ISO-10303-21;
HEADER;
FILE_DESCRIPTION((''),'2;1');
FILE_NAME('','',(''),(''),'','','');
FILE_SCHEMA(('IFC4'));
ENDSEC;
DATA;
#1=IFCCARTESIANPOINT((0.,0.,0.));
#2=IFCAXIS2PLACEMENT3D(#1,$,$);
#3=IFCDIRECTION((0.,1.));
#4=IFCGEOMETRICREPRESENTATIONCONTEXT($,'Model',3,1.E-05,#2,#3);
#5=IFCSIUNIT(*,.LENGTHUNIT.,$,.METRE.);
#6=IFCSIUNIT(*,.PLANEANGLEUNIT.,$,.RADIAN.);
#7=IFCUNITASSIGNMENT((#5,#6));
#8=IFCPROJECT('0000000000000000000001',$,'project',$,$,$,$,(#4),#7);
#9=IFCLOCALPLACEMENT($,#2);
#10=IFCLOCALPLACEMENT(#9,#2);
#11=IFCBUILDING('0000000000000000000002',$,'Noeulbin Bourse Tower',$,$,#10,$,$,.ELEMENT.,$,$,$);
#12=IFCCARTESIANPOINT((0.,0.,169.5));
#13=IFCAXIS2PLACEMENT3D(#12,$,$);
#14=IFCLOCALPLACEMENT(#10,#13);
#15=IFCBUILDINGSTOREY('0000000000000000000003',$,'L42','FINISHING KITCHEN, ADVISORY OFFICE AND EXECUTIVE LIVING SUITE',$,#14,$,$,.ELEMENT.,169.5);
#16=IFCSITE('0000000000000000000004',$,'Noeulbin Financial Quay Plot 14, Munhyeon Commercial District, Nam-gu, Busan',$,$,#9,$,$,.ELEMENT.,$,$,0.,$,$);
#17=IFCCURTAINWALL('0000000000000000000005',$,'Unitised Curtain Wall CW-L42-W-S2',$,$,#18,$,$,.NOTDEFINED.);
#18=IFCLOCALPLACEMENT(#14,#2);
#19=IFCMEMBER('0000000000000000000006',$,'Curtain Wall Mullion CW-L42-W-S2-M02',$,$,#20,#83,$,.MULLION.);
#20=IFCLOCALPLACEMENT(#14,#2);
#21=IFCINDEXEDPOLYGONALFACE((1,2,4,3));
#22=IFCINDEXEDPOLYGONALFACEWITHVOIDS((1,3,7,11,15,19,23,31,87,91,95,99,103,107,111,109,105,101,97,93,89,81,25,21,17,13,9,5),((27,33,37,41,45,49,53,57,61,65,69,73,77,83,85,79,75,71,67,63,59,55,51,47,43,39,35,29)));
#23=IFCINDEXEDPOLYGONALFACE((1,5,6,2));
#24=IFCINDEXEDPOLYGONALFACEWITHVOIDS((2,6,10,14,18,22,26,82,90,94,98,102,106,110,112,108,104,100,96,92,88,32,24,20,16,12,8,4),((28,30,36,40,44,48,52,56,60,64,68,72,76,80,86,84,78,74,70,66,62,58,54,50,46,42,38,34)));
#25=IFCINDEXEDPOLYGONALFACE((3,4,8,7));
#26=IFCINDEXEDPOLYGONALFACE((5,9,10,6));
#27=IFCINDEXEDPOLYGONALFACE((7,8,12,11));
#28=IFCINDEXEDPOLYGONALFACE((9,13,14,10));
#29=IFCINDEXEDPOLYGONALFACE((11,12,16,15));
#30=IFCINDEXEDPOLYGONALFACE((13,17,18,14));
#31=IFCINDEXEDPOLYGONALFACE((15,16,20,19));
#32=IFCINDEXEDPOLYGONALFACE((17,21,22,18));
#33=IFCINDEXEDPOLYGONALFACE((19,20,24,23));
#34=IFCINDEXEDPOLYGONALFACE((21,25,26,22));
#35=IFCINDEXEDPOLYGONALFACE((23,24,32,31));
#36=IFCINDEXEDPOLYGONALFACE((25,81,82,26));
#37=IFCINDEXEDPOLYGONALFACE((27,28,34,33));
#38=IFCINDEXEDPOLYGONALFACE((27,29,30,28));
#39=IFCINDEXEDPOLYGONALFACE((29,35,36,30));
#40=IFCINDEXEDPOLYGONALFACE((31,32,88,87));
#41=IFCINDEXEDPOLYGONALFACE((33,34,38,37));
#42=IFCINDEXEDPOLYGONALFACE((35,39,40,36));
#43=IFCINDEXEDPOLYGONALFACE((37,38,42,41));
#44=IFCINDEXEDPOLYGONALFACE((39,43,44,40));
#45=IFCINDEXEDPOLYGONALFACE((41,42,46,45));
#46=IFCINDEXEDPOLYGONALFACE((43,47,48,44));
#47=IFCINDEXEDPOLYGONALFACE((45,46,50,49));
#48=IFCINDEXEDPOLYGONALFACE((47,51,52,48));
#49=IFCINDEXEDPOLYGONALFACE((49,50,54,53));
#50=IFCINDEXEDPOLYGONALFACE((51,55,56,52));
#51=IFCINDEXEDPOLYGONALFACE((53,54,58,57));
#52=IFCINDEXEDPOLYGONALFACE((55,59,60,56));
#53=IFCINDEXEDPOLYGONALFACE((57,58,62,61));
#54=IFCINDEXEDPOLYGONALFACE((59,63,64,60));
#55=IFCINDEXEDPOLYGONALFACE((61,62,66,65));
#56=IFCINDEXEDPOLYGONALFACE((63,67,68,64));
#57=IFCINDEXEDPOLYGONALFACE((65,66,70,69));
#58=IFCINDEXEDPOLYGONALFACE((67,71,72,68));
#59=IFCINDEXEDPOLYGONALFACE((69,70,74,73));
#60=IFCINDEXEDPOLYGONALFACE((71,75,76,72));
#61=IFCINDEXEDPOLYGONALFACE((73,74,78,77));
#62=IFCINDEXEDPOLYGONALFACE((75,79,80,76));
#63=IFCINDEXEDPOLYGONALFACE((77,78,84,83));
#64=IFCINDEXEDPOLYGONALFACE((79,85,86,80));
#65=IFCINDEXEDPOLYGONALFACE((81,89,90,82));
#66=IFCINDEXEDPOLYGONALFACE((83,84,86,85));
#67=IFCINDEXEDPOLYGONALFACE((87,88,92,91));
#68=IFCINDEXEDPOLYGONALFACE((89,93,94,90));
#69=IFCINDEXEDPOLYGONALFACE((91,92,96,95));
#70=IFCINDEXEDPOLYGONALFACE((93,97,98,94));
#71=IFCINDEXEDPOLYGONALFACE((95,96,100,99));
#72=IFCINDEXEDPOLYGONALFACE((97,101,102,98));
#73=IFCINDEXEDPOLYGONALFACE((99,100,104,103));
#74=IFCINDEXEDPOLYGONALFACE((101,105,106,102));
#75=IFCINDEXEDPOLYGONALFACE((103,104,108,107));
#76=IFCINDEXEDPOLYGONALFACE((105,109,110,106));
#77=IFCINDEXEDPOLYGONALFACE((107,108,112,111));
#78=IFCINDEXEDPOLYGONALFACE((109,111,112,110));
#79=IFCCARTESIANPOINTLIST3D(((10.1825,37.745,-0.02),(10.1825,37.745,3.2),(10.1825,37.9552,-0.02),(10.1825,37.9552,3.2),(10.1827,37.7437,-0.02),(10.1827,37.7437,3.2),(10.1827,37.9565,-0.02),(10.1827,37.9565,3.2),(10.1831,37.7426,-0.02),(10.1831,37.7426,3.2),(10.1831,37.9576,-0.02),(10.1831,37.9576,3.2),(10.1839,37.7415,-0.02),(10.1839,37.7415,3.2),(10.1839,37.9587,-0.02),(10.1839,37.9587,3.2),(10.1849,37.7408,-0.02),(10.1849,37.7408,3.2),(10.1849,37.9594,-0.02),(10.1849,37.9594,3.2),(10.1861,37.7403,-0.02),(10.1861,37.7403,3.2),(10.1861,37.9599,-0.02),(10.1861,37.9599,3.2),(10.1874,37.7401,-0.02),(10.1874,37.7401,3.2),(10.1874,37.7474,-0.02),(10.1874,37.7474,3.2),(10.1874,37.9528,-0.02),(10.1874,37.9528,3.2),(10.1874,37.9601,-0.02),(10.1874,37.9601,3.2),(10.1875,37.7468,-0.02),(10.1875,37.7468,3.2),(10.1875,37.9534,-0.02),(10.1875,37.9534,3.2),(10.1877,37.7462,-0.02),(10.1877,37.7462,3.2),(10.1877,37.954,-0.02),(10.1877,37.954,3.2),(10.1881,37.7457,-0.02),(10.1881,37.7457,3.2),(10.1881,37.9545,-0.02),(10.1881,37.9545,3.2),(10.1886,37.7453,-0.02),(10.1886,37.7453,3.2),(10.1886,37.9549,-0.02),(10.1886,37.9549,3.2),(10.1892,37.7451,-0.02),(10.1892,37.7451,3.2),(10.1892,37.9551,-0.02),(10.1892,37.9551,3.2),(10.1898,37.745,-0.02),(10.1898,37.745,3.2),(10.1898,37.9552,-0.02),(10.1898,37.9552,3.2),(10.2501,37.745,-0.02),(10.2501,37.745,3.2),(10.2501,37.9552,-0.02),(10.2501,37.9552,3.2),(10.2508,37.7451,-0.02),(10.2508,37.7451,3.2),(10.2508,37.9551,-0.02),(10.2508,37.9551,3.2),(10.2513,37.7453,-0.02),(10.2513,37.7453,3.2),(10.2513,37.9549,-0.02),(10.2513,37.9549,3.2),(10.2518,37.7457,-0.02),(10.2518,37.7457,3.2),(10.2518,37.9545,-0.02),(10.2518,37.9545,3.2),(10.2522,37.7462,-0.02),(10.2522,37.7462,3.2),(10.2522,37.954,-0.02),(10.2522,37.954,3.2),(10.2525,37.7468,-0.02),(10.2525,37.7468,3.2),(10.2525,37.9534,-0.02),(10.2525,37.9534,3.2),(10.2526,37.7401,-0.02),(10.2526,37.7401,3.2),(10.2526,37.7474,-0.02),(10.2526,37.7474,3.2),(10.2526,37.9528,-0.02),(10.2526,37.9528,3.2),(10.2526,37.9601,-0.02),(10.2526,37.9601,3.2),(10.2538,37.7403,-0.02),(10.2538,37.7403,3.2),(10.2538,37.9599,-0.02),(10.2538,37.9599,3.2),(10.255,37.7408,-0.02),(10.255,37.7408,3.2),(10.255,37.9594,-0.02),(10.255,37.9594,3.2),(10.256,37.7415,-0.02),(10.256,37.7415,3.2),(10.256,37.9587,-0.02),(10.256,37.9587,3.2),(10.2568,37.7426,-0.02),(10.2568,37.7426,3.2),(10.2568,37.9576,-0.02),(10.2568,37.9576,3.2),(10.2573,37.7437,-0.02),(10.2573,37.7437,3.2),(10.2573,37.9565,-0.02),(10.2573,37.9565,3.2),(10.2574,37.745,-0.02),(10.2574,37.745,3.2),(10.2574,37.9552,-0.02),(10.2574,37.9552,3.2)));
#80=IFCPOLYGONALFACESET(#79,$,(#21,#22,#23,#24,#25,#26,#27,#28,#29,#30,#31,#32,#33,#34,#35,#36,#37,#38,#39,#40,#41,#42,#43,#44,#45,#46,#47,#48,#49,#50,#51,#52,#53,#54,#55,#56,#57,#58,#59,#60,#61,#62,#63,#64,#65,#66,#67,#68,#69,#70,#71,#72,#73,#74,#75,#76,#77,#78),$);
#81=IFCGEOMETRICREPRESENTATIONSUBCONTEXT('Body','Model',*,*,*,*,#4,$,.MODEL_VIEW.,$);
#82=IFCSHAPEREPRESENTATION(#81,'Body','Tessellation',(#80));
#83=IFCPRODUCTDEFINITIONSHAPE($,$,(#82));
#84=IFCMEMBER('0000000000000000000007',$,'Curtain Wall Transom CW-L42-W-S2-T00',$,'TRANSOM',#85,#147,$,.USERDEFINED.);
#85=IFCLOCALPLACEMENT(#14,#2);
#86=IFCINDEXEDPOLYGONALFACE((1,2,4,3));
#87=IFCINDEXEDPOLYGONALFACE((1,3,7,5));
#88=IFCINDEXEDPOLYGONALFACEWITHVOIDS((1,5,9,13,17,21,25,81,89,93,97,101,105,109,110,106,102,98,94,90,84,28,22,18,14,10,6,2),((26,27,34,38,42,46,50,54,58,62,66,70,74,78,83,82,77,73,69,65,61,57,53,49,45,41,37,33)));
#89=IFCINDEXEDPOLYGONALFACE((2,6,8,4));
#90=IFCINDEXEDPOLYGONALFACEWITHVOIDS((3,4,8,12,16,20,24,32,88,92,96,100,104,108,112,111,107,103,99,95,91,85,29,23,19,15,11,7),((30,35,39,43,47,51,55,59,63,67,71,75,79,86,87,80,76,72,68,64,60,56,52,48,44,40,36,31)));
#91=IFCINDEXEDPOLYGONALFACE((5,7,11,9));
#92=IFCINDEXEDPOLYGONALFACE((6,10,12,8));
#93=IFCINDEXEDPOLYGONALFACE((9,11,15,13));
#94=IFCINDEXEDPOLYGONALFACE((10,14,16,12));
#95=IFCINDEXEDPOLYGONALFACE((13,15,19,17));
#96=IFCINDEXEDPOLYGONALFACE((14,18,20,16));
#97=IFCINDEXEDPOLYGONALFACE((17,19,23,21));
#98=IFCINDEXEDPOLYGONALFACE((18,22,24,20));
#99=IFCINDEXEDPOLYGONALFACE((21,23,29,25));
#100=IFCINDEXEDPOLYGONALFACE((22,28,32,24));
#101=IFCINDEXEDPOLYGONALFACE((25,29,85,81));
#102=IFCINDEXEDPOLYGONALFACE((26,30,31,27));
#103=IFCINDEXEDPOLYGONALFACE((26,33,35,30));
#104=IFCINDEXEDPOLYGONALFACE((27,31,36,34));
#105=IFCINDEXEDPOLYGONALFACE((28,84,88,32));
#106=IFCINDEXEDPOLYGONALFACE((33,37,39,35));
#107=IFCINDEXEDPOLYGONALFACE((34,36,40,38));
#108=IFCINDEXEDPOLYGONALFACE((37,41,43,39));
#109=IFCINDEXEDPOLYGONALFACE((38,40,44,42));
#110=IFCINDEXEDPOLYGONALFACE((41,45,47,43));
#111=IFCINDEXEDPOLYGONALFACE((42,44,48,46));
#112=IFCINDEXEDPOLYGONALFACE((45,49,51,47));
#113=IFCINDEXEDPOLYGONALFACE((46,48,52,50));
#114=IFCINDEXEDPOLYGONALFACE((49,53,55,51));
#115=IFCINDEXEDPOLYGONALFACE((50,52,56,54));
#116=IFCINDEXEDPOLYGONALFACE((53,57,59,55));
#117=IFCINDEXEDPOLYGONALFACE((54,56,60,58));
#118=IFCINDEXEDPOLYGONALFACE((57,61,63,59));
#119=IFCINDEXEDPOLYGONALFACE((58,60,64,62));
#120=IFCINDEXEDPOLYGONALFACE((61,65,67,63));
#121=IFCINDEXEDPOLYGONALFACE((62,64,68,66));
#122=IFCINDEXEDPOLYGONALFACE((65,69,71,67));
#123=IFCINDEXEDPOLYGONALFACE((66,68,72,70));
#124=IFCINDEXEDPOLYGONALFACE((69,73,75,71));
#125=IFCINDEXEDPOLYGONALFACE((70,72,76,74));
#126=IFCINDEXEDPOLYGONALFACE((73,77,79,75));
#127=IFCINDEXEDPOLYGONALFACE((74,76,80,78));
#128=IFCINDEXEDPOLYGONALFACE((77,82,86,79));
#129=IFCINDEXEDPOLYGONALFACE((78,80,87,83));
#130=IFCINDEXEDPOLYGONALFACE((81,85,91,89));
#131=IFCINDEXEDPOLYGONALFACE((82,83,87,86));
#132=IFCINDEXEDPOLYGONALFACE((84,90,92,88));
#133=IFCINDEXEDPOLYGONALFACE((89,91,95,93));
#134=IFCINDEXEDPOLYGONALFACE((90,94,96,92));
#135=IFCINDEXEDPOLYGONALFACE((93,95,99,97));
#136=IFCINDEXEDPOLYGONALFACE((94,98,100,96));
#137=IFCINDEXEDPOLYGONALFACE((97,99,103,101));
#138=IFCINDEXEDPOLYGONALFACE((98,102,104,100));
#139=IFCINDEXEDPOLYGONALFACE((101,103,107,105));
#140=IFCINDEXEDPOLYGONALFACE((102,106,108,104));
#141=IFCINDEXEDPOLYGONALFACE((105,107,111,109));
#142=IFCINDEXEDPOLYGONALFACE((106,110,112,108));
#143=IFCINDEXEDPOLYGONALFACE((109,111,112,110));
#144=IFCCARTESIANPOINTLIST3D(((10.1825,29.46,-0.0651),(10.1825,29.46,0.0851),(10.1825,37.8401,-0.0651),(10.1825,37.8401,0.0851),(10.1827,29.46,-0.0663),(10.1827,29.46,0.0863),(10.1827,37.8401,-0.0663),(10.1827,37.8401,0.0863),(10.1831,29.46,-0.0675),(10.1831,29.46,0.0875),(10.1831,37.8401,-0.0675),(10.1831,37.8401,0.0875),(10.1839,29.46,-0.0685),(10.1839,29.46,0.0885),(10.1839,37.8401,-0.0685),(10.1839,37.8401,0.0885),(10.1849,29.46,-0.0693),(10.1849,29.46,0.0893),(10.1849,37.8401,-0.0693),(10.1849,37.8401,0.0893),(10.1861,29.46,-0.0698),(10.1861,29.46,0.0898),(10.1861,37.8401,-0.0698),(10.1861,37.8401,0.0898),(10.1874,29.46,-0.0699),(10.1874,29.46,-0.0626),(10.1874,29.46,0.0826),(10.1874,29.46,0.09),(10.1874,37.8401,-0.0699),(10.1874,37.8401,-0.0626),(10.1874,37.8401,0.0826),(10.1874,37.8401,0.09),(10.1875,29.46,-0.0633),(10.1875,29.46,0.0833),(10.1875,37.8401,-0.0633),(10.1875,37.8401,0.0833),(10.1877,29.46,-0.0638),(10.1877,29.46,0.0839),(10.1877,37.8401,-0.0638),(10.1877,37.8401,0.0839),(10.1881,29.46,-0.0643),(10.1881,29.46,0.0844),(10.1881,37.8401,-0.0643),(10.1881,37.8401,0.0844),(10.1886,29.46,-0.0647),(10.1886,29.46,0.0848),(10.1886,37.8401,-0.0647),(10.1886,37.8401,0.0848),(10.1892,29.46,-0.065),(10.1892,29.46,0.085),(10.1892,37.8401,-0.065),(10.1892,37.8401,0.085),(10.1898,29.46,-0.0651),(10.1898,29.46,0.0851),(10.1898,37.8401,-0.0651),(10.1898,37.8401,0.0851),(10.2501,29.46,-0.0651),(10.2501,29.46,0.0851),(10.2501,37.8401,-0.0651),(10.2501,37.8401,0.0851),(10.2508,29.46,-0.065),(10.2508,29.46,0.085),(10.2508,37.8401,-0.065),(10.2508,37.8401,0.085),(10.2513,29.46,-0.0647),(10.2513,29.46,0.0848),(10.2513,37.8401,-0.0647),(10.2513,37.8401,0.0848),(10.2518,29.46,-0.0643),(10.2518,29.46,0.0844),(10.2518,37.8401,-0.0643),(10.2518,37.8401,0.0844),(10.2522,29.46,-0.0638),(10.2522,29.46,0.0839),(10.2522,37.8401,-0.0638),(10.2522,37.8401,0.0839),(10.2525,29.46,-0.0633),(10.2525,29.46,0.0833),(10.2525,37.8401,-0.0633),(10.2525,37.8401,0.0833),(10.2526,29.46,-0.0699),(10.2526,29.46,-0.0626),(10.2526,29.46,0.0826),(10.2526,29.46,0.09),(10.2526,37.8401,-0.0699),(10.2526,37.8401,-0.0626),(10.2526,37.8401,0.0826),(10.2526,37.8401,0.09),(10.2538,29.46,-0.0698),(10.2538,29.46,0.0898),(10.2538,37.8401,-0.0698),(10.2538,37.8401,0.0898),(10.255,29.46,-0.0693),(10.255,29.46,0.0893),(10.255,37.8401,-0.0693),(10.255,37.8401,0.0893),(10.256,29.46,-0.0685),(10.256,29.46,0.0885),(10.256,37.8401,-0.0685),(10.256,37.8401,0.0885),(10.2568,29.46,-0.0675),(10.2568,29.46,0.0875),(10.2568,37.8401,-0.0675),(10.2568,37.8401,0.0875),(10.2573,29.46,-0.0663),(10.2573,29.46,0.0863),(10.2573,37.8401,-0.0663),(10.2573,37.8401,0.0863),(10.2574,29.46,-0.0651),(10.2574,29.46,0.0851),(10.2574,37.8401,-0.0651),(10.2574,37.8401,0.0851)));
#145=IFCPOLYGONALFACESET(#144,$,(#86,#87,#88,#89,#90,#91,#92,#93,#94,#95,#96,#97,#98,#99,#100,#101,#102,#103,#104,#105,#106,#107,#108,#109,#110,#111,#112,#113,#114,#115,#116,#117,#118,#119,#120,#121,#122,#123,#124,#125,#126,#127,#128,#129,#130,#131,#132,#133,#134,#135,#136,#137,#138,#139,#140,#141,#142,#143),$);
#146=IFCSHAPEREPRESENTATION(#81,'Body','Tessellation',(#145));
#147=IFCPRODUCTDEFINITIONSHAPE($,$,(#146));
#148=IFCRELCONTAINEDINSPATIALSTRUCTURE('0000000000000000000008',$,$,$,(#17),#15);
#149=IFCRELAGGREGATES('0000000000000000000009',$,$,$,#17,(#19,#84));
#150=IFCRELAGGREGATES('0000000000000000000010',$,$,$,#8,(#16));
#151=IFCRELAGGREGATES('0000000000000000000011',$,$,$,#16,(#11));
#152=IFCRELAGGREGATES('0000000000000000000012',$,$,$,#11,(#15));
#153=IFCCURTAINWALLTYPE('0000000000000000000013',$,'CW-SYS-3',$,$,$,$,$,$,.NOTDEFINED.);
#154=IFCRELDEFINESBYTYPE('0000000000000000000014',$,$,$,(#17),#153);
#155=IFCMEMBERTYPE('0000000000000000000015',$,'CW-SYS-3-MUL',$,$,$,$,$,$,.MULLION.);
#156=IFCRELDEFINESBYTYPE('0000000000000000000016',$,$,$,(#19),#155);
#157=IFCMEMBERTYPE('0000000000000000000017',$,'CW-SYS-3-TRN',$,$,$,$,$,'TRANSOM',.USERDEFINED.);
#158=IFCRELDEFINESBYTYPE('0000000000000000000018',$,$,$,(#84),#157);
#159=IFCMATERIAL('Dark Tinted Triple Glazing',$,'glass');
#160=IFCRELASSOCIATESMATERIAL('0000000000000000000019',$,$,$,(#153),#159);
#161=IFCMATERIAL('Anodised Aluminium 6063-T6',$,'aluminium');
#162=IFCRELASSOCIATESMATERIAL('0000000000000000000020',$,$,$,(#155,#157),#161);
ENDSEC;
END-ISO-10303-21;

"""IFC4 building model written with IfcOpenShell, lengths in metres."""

from ifc_helpers import new_model, si_unit, direction, frame, origin, origin_2d, place, context, subcontext, project, spatial, hollow_rectangle, extrude, material, material_profile, profile_set, type_object, element, aggregate, save


model = new_model("IFC4")

# Units and contexts
model_context = context("Model", 3, precision=1e-05, world=origin(), true_north=direction((0.0, 1.0)))
body_context = subcontext(model_context, "Body", "Model", "MODEL_VIEW")
ifc_project = project(units=[si_unit("LENGTHUNIT", "METRE"), si_unit("PLANEANGLEUNIT", "RADIAN")], contexts=[model_context])

# Site, building, storey
site_placement = place(None, origin())
site = spatial("IfcSite", under=ifc_project, at=site_placement, Name="Noeulbin Financial Quay Plot 14, Munhyeon Commercial District, Nam-gu, Busan", CompositionType="ELEMENT", RefElevation=0.0)
building_placement = place(site_placement, origin())
building = spatial("IfcBuilding", under=site, at=building_placement, Name="Noeulbin Bourse Tower", CompositionType="ELEMENT")
storey_placement = place(building_placement, frame((0.0, 0.0, 169.5)))
storey = spatial("IfcBuildingStorey", under=building, at=storey_placement, Name="L42", Description="FINISHING KITCHEN, ADVISORY OFFICE AND EXECUTIVE LIVING SUITE", CompositionType="ELEMENT", Elevation=169.5)

# Curtain wall, members
ifc_material_1 = material(Name="Dark Tinted Triple Glazing", Category="glass")
curtain_wall_type = type_object("IfcCurtainWallType", Name="CW-SYS-3", PredefinedType="NOTDEFINED", material=ifc_material_1)
curtain_wall_placement = place(storey_placement, origin())
curtain_wall = element("IfcCurtainWall", 1, at=curtain_wall_placement, inside=storey, type_object=curtain_wall_type, Name="Unitised Curtain Wall CW-L42-W-S2", PredefinedType="NOTDEFINED")
ifc_material_2 = material(Name="Anodised Aluminium 6063-T6", Category="aluminium")
ifc_material_profile_1 = material_profile(ifc_material_2, hollow_rectangle(XDim=0.075, YDim=0.22, WallThickness=0.0049, InnerFilletRadius=0.0024, OuterFilletRadius=0.0049, at=origin_2d()), Name="ALU-MULL-75x220x5", Category="LoadBearing")
ifc_profile_set_1 = profile_set([ifc_material_profile_1], Name="Anodised Aluminium 6063-T6")
member_type_1 = type_object("IfcMemberType", Name="CW-SYS-3-MUL", PredefinedType="MULLION", material=ifc_profile_set_1)
member_1_placement = place(storey_placement, frame((10.22, 37.8501, -0.02), z_axis=(0.0, 0.0, 1.0), x_axis=(1.0, 0.0, 0.0)))
member_1 = element("IfcMember", 2, at=member_1_placement, type_object=member_type_1, Name="Curtain Wall Mullion CW-L42-W-S2-M02", PredefinedType="MULLION", context=body_context, shape_type="SweptSolid", body=[
    extrude(hollow_rectangle(XDim=0.075, YDim=0.22, WallThickness=0.0049, InnerFilletRadius=0.0024, OuterFilletRadius=0.0049, at=origin_2d()), origin(), (0.0, 0.0, 1.0), 3.22),
])
ifc_material_profile_2 = material_profile(ifc_material_2, hollow_rectangle(XDim=0.075, YDim=0.1599, WallThickness=0.0049, InnerFilletRadius=0.0024, OuterFilletRadius=0.0049, at=origin_2d()), Name="ALU-TRAN-75x160x5", Category="LoadBearing")
ifc_profile_set_2 = profile_set([ifc_material_profile_2], Name="Anodised Aluminium 6063-T6")
member_type_2 = type_object("IfcMemberType", Name="CW-SYS-3-TRN", ElementType="TRANSOM", PredefinedType="USERDEFINED", material=ifc_profile_set_2)
member_2_placement = place(storey_placement, frame((10.22, 29.46, 0.01), z_axis=(0.0, 1.0, 0.0), x_axis=(-1.0, 0.0, 0.0)))
member_2 = element("IfcMember", 3, at=member_2_placement, type_object=member_type_2, Name="Curtain Wall Transom CW-L42-W-S2-T00", ObjectType="TRANSOM", PredefinedType="USERDEFINED", context=body_context, shape_type="SweptSolid", body=[
    extrude(hollow_rectangle(XDim=0.075, YDim=0.1599, WallThickness=0.0049, InnerFilletRadius=0.0024, OuterFilletRadius=0.0049, at=origin_2d()), origin(), (0.0, 0.0, 1.0), 8.3801),
])

aggregate(curtain_wall, [member_1, member_2])

save(model, "model.ifc")
